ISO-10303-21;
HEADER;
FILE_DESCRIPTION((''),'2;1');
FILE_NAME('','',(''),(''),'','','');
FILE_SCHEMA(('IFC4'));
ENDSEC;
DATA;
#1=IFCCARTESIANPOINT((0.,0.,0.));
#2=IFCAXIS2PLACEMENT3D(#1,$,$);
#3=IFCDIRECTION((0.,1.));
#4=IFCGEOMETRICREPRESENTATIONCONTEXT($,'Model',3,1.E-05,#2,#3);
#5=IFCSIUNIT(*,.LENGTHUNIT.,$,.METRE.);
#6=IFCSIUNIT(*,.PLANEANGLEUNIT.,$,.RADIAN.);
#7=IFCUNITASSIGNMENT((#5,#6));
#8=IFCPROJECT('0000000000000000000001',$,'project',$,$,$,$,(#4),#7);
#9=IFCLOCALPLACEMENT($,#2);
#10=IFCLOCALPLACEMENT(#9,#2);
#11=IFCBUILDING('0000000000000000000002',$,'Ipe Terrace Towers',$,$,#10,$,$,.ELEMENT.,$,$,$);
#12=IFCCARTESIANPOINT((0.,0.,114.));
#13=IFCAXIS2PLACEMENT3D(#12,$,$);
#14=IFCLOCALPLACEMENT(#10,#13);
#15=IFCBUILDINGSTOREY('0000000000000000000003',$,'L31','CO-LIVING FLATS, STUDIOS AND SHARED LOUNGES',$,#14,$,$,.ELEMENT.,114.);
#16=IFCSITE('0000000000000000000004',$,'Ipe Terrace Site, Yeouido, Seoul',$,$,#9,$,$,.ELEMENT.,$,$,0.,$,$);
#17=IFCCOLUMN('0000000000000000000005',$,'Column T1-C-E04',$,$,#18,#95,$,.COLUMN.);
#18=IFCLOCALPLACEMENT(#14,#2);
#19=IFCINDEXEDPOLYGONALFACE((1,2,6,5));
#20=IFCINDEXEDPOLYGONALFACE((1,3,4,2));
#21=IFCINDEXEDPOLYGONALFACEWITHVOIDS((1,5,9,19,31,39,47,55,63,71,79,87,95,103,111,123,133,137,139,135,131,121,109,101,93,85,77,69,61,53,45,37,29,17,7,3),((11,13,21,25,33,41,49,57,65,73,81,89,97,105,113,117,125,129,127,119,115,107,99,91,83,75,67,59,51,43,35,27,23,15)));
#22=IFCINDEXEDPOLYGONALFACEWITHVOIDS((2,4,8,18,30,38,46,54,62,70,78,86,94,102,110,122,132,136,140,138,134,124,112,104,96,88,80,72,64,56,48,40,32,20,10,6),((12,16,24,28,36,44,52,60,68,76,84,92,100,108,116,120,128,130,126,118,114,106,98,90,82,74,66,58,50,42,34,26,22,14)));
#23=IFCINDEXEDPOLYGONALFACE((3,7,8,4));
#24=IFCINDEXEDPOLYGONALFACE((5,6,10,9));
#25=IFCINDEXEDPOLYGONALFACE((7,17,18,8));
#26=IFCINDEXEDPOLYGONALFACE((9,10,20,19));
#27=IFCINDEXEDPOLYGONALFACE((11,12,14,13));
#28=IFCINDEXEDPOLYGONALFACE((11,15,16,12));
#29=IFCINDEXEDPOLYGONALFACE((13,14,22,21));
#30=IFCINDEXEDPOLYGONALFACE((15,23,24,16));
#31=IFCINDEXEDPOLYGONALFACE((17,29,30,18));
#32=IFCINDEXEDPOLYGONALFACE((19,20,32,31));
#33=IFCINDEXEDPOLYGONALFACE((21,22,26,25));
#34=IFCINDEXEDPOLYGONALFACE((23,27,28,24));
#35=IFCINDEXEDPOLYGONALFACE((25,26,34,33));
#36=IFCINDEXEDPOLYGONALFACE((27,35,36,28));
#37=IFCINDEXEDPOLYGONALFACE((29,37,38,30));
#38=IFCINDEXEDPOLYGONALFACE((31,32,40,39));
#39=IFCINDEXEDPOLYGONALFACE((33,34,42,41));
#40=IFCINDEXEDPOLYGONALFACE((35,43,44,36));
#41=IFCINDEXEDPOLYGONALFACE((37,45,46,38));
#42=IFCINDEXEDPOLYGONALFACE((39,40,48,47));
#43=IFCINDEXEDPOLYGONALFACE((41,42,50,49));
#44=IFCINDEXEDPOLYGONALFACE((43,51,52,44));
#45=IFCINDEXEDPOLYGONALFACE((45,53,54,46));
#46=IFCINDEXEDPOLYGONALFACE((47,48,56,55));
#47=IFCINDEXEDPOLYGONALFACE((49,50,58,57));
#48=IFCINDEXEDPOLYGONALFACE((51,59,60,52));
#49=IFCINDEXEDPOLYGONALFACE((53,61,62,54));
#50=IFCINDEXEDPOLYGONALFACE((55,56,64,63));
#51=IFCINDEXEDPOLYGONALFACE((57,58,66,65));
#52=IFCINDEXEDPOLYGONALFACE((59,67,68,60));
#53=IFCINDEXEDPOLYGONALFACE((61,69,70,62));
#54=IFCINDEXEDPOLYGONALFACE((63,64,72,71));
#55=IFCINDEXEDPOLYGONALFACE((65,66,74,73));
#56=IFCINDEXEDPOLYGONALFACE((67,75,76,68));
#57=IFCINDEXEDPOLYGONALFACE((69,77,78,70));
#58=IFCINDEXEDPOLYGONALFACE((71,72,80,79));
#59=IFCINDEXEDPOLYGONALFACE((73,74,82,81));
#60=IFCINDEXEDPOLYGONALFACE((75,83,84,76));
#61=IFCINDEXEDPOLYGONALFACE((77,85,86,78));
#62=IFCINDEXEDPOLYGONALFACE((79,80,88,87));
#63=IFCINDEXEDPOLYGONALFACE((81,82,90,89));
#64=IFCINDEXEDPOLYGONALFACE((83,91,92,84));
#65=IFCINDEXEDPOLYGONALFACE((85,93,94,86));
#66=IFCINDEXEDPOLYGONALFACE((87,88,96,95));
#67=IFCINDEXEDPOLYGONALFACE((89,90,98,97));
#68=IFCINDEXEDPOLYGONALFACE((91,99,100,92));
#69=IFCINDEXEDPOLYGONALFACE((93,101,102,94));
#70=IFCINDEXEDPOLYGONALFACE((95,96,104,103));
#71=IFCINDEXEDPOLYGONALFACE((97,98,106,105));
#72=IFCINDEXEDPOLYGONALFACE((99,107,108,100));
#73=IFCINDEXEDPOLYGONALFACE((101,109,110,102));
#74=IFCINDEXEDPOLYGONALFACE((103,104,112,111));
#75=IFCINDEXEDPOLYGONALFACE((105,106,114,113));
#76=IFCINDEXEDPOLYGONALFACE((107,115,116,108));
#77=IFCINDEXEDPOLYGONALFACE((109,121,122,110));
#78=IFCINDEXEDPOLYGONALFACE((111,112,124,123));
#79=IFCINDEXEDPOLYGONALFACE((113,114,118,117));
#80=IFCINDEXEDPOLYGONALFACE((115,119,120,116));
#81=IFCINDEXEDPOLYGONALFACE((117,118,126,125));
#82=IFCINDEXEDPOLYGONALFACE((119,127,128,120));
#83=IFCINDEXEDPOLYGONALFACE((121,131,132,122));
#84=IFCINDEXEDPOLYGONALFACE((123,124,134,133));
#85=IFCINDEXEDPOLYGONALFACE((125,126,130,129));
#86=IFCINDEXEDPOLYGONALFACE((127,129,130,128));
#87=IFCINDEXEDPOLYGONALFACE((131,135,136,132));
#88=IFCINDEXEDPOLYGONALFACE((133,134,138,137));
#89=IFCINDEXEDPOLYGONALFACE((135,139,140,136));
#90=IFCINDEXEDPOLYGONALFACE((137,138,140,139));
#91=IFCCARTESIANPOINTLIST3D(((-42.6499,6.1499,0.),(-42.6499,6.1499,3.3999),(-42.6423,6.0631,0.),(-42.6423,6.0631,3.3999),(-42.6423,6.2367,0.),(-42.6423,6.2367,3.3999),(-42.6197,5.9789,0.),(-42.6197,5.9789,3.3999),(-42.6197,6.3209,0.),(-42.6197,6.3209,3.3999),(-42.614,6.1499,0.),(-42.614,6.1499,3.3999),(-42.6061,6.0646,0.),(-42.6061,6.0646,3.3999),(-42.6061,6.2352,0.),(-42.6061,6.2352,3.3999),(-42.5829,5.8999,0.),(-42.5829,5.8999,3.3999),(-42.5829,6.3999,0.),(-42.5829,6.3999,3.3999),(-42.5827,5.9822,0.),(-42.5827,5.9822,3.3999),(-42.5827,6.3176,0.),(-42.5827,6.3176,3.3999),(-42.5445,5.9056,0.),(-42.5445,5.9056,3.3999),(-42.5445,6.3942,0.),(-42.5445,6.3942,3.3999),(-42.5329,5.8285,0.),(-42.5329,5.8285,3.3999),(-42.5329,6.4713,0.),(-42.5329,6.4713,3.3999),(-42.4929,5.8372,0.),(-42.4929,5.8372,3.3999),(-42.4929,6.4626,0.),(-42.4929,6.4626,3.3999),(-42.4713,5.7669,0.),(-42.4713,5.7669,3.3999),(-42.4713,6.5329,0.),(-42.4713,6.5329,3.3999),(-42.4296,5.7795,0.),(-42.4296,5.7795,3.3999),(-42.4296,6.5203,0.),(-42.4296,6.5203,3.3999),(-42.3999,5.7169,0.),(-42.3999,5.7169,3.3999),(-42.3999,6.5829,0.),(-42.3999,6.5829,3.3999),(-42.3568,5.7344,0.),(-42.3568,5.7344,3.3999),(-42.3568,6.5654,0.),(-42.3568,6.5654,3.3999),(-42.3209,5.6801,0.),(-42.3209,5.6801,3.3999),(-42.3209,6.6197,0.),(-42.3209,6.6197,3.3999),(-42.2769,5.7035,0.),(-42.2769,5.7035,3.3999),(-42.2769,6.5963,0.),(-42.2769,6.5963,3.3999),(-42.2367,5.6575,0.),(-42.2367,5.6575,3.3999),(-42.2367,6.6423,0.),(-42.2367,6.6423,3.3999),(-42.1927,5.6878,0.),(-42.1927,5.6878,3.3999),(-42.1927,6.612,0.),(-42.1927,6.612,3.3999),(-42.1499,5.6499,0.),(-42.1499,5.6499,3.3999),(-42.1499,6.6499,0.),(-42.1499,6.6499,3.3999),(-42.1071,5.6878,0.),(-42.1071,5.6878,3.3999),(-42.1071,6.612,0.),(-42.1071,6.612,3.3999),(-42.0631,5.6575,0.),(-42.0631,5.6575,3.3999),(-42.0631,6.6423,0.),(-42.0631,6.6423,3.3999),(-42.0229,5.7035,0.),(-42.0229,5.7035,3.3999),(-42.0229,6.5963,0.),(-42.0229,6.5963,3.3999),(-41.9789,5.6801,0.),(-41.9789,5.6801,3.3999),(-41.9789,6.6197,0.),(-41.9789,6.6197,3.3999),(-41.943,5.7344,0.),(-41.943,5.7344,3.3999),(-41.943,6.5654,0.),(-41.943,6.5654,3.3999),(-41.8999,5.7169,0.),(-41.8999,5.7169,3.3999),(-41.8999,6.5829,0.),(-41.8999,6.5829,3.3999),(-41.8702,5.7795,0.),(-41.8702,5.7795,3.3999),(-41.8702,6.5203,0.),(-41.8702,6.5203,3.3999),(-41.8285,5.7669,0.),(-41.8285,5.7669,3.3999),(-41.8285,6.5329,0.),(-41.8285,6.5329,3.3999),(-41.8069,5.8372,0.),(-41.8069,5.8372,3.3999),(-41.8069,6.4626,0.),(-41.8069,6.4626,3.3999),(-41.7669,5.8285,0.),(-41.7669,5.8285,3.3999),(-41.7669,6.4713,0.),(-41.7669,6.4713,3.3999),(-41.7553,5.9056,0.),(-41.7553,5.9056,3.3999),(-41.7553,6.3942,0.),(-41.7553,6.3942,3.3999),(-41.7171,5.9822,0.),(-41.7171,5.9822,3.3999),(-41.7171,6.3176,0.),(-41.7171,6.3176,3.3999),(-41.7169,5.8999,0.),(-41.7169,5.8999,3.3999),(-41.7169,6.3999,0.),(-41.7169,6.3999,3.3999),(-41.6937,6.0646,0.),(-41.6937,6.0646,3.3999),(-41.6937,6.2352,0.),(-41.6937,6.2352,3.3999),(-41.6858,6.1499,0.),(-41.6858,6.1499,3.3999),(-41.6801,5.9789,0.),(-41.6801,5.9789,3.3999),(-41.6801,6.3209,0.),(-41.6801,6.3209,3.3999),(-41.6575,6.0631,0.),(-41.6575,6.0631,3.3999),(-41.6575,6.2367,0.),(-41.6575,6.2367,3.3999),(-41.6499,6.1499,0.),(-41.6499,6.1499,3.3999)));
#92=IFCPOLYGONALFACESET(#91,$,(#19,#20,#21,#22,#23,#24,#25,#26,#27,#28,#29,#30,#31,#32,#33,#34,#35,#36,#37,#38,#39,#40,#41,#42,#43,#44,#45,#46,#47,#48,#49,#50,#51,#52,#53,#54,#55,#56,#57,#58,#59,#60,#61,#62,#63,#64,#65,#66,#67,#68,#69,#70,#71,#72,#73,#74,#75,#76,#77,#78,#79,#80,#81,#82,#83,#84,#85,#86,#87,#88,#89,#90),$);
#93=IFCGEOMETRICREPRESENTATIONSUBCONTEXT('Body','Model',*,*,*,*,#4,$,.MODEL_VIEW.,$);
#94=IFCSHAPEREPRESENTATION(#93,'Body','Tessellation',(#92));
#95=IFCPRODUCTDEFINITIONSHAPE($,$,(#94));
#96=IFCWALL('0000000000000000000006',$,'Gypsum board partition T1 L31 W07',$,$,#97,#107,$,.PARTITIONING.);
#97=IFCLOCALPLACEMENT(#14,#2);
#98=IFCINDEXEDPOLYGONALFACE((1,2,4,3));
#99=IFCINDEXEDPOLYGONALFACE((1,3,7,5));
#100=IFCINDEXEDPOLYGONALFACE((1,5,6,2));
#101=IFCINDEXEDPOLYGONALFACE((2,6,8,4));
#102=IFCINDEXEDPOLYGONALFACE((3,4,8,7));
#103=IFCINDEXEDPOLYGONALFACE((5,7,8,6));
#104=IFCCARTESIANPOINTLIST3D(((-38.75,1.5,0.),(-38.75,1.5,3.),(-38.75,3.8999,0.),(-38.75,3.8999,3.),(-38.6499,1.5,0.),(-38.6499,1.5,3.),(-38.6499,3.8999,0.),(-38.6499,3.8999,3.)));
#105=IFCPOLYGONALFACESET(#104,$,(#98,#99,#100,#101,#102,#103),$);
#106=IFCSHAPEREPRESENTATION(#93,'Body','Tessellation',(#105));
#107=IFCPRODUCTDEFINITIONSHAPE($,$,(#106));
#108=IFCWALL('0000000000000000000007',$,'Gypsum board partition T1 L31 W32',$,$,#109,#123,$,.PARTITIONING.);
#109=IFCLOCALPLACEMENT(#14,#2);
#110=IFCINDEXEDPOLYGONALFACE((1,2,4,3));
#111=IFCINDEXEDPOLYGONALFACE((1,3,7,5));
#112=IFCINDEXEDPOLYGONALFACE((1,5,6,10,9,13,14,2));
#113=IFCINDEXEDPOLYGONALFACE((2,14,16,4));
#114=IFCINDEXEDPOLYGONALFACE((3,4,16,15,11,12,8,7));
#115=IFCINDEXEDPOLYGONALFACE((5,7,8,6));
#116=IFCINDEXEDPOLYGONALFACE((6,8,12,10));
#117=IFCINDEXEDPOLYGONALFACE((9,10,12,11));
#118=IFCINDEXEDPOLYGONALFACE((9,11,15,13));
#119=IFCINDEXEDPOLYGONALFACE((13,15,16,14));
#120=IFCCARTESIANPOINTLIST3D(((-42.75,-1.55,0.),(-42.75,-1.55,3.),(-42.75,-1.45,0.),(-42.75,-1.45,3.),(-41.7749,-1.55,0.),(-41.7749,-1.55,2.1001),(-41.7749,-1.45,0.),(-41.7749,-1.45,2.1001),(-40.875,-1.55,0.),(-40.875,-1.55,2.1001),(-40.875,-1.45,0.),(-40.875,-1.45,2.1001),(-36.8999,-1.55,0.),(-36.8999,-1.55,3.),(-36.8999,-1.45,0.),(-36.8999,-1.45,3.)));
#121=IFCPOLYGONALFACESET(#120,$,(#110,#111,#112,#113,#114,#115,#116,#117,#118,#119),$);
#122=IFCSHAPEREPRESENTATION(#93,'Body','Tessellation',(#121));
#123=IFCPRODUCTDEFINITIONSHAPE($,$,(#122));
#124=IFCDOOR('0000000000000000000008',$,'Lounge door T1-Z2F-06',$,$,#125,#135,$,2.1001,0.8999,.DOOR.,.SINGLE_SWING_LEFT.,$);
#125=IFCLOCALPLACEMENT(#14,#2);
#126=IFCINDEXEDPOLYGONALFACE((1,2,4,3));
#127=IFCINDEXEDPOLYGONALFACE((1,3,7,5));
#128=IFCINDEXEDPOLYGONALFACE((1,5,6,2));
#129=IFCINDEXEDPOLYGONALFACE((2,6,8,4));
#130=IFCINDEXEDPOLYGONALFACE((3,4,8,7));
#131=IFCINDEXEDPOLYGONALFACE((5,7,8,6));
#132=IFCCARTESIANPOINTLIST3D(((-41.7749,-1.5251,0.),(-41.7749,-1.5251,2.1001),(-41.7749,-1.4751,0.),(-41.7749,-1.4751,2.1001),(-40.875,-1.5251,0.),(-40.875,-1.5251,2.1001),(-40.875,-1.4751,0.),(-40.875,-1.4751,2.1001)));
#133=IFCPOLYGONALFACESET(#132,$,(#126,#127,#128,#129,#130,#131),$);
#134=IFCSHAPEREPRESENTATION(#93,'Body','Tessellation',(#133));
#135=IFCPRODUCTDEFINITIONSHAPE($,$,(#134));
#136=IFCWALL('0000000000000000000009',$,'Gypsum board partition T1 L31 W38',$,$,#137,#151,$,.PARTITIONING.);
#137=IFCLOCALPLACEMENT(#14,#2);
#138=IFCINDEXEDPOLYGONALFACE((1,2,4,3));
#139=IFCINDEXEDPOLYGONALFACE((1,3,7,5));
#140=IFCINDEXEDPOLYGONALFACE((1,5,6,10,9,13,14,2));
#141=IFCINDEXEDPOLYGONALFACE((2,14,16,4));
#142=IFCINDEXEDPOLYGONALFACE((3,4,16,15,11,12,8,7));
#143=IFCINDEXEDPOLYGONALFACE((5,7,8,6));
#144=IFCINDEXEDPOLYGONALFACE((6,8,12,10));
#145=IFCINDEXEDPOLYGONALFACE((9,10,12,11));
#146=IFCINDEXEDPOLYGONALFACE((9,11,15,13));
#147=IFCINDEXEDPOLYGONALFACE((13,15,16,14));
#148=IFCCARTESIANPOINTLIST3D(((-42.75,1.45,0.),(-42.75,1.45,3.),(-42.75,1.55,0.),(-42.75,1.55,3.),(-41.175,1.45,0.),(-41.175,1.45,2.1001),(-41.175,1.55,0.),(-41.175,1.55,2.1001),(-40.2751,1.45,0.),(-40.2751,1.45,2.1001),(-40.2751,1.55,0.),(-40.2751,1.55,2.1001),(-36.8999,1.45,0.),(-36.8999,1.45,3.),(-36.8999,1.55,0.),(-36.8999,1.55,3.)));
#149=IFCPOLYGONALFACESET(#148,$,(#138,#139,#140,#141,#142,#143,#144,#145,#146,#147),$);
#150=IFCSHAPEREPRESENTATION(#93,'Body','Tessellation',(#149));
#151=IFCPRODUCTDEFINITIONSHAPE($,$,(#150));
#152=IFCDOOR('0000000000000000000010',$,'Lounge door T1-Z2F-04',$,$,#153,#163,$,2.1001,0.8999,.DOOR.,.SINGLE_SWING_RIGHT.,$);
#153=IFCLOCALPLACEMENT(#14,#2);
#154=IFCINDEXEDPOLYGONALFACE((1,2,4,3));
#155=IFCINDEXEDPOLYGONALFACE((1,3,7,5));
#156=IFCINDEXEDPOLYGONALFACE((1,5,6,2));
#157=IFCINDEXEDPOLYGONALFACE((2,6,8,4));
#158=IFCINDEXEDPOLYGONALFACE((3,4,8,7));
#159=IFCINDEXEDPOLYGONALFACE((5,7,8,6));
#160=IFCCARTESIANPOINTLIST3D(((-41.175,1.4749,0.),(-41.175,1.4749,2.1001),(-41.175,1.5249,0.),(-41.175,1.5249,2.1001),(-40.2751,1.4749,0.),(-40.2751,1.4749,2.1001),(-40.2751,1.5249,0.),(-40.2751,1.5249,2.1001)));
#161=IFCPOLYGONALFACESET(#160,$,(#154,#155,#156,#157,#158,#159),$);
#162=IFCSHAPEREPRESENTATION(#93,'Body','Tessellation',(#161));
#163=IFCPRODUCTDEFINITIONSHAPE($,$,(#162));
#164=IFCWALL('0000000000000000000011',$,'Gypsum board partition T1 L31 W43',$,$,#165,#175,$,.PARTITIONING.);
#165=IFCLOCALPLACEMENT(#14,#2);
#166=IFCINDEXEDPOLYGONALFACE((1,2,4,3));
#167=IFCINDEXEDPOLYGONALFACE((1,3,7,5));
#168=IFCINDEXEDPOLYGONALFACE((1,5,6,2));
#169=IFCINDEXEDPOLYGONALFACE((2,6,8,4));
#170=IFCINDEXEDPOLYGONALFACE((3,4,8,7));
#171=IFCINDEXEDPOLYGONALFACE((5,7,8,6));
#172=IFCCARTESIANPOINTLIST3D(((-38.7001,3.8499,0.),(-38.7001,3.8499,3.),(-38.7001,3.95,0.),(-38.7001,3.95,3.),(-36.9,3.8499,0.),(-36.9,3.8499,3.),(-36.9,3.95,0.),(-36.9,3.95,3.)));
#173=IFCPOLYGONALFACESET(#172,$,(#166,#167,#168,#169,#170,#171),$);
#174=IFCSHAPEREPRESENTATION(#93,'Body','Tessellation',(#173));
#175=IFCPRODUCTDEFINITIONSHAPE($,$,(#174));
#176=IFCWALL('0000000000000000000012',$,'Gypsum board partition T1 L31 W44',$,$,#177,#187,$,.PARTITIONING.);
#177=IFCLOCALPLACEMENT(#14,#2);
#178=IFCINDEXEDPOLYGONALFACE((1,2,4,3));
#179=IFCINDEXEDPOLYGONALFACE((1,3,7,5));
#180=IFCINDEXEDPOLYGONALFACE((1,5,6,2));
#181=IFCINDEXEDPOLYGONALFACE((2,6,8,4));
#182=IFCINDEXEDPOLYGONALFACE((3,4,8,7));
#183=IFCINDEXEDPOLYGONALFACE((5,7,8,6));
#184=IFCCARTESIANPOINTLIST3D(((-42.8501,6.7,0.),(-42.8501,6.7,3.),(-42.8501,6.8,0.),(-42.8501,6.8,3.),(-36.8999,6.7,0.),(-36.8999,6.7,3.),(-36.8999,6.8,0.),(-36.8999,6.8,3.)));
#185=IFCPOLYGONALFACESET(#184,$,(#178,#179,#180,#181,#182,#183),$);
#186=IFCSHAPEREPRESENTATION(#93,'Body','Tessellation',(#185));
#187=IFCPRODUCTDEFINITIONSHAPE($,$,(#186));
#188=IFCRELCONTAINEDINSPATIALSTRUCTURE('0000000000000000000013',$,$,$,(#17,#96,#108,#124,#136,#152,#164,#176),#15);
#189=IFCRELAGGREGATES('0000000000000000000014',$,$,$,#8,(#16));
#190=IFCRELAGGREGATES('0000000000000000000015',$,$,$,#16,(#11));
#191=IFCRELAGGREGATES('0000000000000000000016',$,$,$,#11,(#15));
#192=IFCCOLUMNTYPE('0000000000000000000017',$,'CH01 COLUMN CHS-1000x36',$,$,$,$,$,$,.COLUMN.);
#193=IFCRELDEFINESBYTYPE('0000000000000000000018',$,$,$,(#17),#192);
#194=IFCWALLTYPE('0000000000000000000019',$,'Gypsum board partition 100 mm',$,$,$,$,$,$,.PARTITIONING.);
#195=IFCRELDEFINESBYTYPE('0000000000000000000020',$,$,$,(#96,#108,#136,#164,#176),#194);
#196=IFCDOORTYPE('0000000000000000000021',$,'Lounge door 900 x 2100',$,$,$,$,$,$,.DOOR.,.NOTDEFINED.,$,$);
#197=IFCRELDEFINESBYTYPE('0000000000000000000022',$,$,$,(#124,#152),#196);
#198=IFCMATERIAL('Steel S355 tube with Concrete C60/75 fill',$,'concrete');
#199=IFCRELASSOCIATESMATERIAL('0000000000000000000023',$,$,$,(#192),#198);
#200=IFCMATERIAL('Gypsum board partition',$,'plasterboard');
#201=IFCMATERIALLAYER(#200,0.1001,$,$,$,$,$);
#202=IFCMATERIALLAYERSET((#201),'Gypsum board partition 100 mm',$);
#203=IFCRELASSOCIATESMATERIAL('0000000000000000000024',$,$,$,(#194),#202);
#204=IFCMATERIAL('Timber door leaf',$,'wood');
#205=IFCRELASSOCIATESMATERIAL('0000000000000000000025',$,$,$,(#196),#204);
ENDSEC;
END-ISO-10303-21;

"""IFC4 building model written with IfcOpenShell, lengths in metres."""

from ifc_helpers import new_model, si_unit, direction, frame, frame_2d, origin, origin_2d, place, context, subcontext, project, spatial, rectangle, hollow_circle, extrude, material, layer, layer_set, material_profile, profile_set, type_object, element, fill, save


model = new_model("IFC4")

# Units and contexts
model_context = context("Model", 3, precision=1e-05, world=origin(), true_north=direction((0.0, 1.0)))
body_context = subcontext(model_context, "Body", "Model", "MODEL_VIEW")
ifc_project = project(units=[si_unit("LENGTHUNIT", "METRE"), si_unit("PLANEANGLEUNIT", "RADIAN")], contexts=[model_context])

# Site, building, storey
site_placement = place(None, origin())
site = spatial("IfcSite", under=ifc_project, at=site_placement, Name="Ipe Terrace Site, Yeouido, Seoul", CompositionType="ELEMENT", RefElevation=0.0)
building_placement = place(site_placement, origin())
building = spatial("IfcBuilding", under=site, at=building_placement, Name="Ipe Terrace Towers", CompositionType="ELEMENT")
storey_placement = place(building_placement, frame((0.0, 0.0, 114.0)))
storey = spatial("IfcBuildingStorey", under=building, at=storey_placement, Name="L31", Description="CO-LIVING FLATS, STUDIOS AND SHARED LOUNGES", CompositionType="ELEMENT", Elevation=114.0)

# Column
ifc_material_1 = material(Name="Steel S355 tube with Concrete C60/75 fill", Category="concrete")
ifc_material_profile = material_profile(ifc_material_1, hollow_circle(Radius=0.5, WallThickness=0.0359, at=origin_2d()), Name="CHS-1000x36")
ifc_profile_set = profile_set([ifc_material_profile], Name="Steel S355 tube with Concrete C60/75 fill")
column_type = type_object("IfcColumnType", Name="CH01 COLUMN CHS-1000x36", PredefinedType="COLUMN", material=ifc_profile_set)
column_placement = place(storey_placement, frame((-42.1499, 6.1499, 0.0), z_axis=(0.0, 0.0, 1.0), x_axis=(1.0, 0.0, 0.0)))
element("IfcColumn", 1, at=column_placement, inside=storey, type_object=column_type, Name="Column T1-C-E04", PredefinedType="COLUMN", context=body_context, shape_type="SweptSolid", body=[
    extrude(hollow_circle(Radius=0.5, WallThickness=0.0359, at=origin_2d()), origin(), (0.0, 0.0, 1.0), 3.3999),
])

# Wall
ifc_material_2 = material(Name="Gypsum board partition", Category="plasterboard")
ifc_layer_1 = layer(ifc_material_2, 0.1001)
ifc_layer_set_1 = layer_set([ifc_layer_1], Name="Gypsum board partition 100 mm")
wall_type_1 = type_object("IfcWallType", Name="Gypsum board partition 100 mm", PredefinedType="PARTITIONING", material=ifc_layer_set_1)
wall_1_placement = place(storey_placement, frame((-38.7, 1.5, 0.0), z_axis=(0.0, 0.0, 1.0), x_axis=(0.0, 1.0, 0.0)))
element("IfcWall", 2, at=wall_1_placement, inside=storey, type_object=wall_type_1, Name="Gypsum board partition T1 L31 W07", PredefinedType="PARTITIONING", context=body_context, shape_type="SweptSolid", body=[
    extrude(rectangle(XDim=2.3999, YDim=0.1001, at=frame_2d((1.2, 0.0))), origin(), (0.0, 0.0, 1.0), 3.0),
])

# Walls, openings, doors
wall_2_placement = place(storey_placement, frame((-42.75, -1.5, 0.0), z_axis=(0.0, 0.0, 1.0), x_axis=(1.0, 0.0, 0.0)))
wall_2 = element("IfcWall", 3, at=wall_2_placement, inside=storey, type_object=wall_type_1, Name="Gypsum board partition T1 L31 W32", PredefinedType="PARTITIONING", context=body_context, shape_type="SweptSolid", body=[
    extrude(rectangle(XDim=5.8501, YDim=0.1001, at=frame_2d((2.925, 0.0))), origin(), (0.0, 0.0, 1.0), 3.0),
])
opening_1_placement = place(wall_2_placement, frame((0.9751, 0.0, 0.0)))
opening_1 = element("IfcOpeningElement", 4, at=opening_1_placement, cuts=wall_2, PredefinedType="OPENING", context=body_context, shape_type="SweptSolid", body=[
    extrude(rectangle(XDim=0.8999, YDim=2.1001, at=frame_2d((0.45, 1.05))), frame((0.0, 0.0601, 0.0), z_axis=(0.0, -1.0, 0.0), x_axis=(1.0, 0.0, 0.0)), (0.0, 0.0, 1.0), 0.1201),
])
ifc_material_3 = material(Name="Timber door leaf", Category="wood")
door_type_1 = type_object("IfcDoorType", Name="Lounge door 900 x 2100", OperationType="NOTDEFINED", PredefinedType="DOOR", material=ifc_material_3)
door_1_placement = place(opening_1_placement, origin())
door_1 = element("IfcDoor", 5, at=door_1_placement, inside=storey, type_object=door_type_1, Name="Lounge door T1-Z2F-06", OperationType="SINGLE_SWING_LEFT", OverallHeight=2.1001, OverallWidth=0.8999, PredefinedType="DOOR", context=body_context, shape_type="SweptSolid", body=[
    extrude(rectangle(XDim=0.8999, YDim=2.1001, at=frame_2d((0.45, 1.05))), frame((0.0, 0.0249, 0.0), z_axis=(0.0, -1.0, 0.0), x_axis=(1.0, 0.0, 0.0)), (0.0, 0.0, 1.0), 0.05),
])
fill(opening_1, door_1)
wall_3_placement = place(storey_placement, frame((-42.75, 1.5, 0.0), z_axis=(0.0, 0.0, 1.0), x_axis=(1.0, 0.0, 0.0)))
wall_3 = element("IfcWall", 6, at=wall_3_placement, inside=storey, type_object=wall_type_1, Name="Gypsum board partition T1 L31 W38", PredefinedType="PARTITIONING", context=body_context, shape_type="SweptSolid", body=[
    extrude(rectangle(XDim=5.8501, YDim=0.1001, at=frame_2d((2.925, 0.0))), origin(), (0.0, 0.0, 1.0), 3.0),
])
opening_2_placement = place(wall_3_placement, frame((1.575, 0.0, 0.0)))
opening_2 = element("IfcOpeningElement", 7, at=opening_2_placement, cuts=wall_3, PredefinedType="OPENING", context=body_context, shape_type="SweptSolid", body=[
    extrude(rectangle(XDim=0.8999, YDim=2.1001, at=frame_2d((0.45, 1.05))), frame((0.0, 0.0601, 0.0), z_axis=(0.0, -1.0, 0.0), x_axis=(1.0, 0.0, 0.0)), (0.0, 0.0, 1.0), 0.1201),
])
door_2_placement = place(opening_2_placement, origin())
door_2 = element("IfcDoor", 8, at=door_2_placement, inside=storey, type_object=door_type_1, Name="Lounge door T1-Z2F-04", OperationType="SINGLE_SWING_RIGHT", OverallHeight=2.1001, OverallWidth=0.8999, PredefinedType="DOOR", context=body_context, shape_type="SweptSolid", body=[
    extrude(rectangle(XDim=0.8999, YDim=2.1001, at=frame_2d((0.45, 1.05))), frame((0.0, 0.0249, 0.0), z_axis=(0.0, -1.0, 0.0), x_axis=(1.0, 0.0, 0.0)), (0.0, 0.0, 1.0), 0.05),
])
fill(opening_2, door_2)

# Walls
wall_4_placement = place(storey_placement, frame((-38.7, 3.8999, 0.0), z_axis=(0.0, 0.0, 1.0), x_axis=(1.0, 0.0, 0.0)))
element("IfcWall", 9, at=wall_4_placement, inside=storey, type_object=wall_type_1, Name="Gypsum board partition T1 L31 W43", PredefinedType="PARTITIONING", context=body_context, shape_type="SweptSolid", body=[
    extrude(rectangle(XDim=1.8, YDim=0.1001, at=frame_2d((0.8999, 0.0))), origin(), (0.0, 0.0, 1.0), 3.0),
])
wall_5_placement = place(storey_placement, frame((-42.8501, 6.75, 0.0), z_axis=(0.0, 0.0, 1.0), x_axis=(1.0, 0.0, 0.0)))
element("IfcWall", 10, at=wall_5_placement, inside=storey, type_object=wall_type_1, Name="Gypsum board partition T1 L31 W44", PredefinedType="PARTITIONING", context=body_context, shape_type="SweptSolid", body=[
    extrude(rectangle(XDim=5.9502, YDim=0.1001, at=frame_2d((2.9751, 0.0))), origin(), (0.0, 0.0, 1.0), 3.0),
])

save(model, "model.ifc")
